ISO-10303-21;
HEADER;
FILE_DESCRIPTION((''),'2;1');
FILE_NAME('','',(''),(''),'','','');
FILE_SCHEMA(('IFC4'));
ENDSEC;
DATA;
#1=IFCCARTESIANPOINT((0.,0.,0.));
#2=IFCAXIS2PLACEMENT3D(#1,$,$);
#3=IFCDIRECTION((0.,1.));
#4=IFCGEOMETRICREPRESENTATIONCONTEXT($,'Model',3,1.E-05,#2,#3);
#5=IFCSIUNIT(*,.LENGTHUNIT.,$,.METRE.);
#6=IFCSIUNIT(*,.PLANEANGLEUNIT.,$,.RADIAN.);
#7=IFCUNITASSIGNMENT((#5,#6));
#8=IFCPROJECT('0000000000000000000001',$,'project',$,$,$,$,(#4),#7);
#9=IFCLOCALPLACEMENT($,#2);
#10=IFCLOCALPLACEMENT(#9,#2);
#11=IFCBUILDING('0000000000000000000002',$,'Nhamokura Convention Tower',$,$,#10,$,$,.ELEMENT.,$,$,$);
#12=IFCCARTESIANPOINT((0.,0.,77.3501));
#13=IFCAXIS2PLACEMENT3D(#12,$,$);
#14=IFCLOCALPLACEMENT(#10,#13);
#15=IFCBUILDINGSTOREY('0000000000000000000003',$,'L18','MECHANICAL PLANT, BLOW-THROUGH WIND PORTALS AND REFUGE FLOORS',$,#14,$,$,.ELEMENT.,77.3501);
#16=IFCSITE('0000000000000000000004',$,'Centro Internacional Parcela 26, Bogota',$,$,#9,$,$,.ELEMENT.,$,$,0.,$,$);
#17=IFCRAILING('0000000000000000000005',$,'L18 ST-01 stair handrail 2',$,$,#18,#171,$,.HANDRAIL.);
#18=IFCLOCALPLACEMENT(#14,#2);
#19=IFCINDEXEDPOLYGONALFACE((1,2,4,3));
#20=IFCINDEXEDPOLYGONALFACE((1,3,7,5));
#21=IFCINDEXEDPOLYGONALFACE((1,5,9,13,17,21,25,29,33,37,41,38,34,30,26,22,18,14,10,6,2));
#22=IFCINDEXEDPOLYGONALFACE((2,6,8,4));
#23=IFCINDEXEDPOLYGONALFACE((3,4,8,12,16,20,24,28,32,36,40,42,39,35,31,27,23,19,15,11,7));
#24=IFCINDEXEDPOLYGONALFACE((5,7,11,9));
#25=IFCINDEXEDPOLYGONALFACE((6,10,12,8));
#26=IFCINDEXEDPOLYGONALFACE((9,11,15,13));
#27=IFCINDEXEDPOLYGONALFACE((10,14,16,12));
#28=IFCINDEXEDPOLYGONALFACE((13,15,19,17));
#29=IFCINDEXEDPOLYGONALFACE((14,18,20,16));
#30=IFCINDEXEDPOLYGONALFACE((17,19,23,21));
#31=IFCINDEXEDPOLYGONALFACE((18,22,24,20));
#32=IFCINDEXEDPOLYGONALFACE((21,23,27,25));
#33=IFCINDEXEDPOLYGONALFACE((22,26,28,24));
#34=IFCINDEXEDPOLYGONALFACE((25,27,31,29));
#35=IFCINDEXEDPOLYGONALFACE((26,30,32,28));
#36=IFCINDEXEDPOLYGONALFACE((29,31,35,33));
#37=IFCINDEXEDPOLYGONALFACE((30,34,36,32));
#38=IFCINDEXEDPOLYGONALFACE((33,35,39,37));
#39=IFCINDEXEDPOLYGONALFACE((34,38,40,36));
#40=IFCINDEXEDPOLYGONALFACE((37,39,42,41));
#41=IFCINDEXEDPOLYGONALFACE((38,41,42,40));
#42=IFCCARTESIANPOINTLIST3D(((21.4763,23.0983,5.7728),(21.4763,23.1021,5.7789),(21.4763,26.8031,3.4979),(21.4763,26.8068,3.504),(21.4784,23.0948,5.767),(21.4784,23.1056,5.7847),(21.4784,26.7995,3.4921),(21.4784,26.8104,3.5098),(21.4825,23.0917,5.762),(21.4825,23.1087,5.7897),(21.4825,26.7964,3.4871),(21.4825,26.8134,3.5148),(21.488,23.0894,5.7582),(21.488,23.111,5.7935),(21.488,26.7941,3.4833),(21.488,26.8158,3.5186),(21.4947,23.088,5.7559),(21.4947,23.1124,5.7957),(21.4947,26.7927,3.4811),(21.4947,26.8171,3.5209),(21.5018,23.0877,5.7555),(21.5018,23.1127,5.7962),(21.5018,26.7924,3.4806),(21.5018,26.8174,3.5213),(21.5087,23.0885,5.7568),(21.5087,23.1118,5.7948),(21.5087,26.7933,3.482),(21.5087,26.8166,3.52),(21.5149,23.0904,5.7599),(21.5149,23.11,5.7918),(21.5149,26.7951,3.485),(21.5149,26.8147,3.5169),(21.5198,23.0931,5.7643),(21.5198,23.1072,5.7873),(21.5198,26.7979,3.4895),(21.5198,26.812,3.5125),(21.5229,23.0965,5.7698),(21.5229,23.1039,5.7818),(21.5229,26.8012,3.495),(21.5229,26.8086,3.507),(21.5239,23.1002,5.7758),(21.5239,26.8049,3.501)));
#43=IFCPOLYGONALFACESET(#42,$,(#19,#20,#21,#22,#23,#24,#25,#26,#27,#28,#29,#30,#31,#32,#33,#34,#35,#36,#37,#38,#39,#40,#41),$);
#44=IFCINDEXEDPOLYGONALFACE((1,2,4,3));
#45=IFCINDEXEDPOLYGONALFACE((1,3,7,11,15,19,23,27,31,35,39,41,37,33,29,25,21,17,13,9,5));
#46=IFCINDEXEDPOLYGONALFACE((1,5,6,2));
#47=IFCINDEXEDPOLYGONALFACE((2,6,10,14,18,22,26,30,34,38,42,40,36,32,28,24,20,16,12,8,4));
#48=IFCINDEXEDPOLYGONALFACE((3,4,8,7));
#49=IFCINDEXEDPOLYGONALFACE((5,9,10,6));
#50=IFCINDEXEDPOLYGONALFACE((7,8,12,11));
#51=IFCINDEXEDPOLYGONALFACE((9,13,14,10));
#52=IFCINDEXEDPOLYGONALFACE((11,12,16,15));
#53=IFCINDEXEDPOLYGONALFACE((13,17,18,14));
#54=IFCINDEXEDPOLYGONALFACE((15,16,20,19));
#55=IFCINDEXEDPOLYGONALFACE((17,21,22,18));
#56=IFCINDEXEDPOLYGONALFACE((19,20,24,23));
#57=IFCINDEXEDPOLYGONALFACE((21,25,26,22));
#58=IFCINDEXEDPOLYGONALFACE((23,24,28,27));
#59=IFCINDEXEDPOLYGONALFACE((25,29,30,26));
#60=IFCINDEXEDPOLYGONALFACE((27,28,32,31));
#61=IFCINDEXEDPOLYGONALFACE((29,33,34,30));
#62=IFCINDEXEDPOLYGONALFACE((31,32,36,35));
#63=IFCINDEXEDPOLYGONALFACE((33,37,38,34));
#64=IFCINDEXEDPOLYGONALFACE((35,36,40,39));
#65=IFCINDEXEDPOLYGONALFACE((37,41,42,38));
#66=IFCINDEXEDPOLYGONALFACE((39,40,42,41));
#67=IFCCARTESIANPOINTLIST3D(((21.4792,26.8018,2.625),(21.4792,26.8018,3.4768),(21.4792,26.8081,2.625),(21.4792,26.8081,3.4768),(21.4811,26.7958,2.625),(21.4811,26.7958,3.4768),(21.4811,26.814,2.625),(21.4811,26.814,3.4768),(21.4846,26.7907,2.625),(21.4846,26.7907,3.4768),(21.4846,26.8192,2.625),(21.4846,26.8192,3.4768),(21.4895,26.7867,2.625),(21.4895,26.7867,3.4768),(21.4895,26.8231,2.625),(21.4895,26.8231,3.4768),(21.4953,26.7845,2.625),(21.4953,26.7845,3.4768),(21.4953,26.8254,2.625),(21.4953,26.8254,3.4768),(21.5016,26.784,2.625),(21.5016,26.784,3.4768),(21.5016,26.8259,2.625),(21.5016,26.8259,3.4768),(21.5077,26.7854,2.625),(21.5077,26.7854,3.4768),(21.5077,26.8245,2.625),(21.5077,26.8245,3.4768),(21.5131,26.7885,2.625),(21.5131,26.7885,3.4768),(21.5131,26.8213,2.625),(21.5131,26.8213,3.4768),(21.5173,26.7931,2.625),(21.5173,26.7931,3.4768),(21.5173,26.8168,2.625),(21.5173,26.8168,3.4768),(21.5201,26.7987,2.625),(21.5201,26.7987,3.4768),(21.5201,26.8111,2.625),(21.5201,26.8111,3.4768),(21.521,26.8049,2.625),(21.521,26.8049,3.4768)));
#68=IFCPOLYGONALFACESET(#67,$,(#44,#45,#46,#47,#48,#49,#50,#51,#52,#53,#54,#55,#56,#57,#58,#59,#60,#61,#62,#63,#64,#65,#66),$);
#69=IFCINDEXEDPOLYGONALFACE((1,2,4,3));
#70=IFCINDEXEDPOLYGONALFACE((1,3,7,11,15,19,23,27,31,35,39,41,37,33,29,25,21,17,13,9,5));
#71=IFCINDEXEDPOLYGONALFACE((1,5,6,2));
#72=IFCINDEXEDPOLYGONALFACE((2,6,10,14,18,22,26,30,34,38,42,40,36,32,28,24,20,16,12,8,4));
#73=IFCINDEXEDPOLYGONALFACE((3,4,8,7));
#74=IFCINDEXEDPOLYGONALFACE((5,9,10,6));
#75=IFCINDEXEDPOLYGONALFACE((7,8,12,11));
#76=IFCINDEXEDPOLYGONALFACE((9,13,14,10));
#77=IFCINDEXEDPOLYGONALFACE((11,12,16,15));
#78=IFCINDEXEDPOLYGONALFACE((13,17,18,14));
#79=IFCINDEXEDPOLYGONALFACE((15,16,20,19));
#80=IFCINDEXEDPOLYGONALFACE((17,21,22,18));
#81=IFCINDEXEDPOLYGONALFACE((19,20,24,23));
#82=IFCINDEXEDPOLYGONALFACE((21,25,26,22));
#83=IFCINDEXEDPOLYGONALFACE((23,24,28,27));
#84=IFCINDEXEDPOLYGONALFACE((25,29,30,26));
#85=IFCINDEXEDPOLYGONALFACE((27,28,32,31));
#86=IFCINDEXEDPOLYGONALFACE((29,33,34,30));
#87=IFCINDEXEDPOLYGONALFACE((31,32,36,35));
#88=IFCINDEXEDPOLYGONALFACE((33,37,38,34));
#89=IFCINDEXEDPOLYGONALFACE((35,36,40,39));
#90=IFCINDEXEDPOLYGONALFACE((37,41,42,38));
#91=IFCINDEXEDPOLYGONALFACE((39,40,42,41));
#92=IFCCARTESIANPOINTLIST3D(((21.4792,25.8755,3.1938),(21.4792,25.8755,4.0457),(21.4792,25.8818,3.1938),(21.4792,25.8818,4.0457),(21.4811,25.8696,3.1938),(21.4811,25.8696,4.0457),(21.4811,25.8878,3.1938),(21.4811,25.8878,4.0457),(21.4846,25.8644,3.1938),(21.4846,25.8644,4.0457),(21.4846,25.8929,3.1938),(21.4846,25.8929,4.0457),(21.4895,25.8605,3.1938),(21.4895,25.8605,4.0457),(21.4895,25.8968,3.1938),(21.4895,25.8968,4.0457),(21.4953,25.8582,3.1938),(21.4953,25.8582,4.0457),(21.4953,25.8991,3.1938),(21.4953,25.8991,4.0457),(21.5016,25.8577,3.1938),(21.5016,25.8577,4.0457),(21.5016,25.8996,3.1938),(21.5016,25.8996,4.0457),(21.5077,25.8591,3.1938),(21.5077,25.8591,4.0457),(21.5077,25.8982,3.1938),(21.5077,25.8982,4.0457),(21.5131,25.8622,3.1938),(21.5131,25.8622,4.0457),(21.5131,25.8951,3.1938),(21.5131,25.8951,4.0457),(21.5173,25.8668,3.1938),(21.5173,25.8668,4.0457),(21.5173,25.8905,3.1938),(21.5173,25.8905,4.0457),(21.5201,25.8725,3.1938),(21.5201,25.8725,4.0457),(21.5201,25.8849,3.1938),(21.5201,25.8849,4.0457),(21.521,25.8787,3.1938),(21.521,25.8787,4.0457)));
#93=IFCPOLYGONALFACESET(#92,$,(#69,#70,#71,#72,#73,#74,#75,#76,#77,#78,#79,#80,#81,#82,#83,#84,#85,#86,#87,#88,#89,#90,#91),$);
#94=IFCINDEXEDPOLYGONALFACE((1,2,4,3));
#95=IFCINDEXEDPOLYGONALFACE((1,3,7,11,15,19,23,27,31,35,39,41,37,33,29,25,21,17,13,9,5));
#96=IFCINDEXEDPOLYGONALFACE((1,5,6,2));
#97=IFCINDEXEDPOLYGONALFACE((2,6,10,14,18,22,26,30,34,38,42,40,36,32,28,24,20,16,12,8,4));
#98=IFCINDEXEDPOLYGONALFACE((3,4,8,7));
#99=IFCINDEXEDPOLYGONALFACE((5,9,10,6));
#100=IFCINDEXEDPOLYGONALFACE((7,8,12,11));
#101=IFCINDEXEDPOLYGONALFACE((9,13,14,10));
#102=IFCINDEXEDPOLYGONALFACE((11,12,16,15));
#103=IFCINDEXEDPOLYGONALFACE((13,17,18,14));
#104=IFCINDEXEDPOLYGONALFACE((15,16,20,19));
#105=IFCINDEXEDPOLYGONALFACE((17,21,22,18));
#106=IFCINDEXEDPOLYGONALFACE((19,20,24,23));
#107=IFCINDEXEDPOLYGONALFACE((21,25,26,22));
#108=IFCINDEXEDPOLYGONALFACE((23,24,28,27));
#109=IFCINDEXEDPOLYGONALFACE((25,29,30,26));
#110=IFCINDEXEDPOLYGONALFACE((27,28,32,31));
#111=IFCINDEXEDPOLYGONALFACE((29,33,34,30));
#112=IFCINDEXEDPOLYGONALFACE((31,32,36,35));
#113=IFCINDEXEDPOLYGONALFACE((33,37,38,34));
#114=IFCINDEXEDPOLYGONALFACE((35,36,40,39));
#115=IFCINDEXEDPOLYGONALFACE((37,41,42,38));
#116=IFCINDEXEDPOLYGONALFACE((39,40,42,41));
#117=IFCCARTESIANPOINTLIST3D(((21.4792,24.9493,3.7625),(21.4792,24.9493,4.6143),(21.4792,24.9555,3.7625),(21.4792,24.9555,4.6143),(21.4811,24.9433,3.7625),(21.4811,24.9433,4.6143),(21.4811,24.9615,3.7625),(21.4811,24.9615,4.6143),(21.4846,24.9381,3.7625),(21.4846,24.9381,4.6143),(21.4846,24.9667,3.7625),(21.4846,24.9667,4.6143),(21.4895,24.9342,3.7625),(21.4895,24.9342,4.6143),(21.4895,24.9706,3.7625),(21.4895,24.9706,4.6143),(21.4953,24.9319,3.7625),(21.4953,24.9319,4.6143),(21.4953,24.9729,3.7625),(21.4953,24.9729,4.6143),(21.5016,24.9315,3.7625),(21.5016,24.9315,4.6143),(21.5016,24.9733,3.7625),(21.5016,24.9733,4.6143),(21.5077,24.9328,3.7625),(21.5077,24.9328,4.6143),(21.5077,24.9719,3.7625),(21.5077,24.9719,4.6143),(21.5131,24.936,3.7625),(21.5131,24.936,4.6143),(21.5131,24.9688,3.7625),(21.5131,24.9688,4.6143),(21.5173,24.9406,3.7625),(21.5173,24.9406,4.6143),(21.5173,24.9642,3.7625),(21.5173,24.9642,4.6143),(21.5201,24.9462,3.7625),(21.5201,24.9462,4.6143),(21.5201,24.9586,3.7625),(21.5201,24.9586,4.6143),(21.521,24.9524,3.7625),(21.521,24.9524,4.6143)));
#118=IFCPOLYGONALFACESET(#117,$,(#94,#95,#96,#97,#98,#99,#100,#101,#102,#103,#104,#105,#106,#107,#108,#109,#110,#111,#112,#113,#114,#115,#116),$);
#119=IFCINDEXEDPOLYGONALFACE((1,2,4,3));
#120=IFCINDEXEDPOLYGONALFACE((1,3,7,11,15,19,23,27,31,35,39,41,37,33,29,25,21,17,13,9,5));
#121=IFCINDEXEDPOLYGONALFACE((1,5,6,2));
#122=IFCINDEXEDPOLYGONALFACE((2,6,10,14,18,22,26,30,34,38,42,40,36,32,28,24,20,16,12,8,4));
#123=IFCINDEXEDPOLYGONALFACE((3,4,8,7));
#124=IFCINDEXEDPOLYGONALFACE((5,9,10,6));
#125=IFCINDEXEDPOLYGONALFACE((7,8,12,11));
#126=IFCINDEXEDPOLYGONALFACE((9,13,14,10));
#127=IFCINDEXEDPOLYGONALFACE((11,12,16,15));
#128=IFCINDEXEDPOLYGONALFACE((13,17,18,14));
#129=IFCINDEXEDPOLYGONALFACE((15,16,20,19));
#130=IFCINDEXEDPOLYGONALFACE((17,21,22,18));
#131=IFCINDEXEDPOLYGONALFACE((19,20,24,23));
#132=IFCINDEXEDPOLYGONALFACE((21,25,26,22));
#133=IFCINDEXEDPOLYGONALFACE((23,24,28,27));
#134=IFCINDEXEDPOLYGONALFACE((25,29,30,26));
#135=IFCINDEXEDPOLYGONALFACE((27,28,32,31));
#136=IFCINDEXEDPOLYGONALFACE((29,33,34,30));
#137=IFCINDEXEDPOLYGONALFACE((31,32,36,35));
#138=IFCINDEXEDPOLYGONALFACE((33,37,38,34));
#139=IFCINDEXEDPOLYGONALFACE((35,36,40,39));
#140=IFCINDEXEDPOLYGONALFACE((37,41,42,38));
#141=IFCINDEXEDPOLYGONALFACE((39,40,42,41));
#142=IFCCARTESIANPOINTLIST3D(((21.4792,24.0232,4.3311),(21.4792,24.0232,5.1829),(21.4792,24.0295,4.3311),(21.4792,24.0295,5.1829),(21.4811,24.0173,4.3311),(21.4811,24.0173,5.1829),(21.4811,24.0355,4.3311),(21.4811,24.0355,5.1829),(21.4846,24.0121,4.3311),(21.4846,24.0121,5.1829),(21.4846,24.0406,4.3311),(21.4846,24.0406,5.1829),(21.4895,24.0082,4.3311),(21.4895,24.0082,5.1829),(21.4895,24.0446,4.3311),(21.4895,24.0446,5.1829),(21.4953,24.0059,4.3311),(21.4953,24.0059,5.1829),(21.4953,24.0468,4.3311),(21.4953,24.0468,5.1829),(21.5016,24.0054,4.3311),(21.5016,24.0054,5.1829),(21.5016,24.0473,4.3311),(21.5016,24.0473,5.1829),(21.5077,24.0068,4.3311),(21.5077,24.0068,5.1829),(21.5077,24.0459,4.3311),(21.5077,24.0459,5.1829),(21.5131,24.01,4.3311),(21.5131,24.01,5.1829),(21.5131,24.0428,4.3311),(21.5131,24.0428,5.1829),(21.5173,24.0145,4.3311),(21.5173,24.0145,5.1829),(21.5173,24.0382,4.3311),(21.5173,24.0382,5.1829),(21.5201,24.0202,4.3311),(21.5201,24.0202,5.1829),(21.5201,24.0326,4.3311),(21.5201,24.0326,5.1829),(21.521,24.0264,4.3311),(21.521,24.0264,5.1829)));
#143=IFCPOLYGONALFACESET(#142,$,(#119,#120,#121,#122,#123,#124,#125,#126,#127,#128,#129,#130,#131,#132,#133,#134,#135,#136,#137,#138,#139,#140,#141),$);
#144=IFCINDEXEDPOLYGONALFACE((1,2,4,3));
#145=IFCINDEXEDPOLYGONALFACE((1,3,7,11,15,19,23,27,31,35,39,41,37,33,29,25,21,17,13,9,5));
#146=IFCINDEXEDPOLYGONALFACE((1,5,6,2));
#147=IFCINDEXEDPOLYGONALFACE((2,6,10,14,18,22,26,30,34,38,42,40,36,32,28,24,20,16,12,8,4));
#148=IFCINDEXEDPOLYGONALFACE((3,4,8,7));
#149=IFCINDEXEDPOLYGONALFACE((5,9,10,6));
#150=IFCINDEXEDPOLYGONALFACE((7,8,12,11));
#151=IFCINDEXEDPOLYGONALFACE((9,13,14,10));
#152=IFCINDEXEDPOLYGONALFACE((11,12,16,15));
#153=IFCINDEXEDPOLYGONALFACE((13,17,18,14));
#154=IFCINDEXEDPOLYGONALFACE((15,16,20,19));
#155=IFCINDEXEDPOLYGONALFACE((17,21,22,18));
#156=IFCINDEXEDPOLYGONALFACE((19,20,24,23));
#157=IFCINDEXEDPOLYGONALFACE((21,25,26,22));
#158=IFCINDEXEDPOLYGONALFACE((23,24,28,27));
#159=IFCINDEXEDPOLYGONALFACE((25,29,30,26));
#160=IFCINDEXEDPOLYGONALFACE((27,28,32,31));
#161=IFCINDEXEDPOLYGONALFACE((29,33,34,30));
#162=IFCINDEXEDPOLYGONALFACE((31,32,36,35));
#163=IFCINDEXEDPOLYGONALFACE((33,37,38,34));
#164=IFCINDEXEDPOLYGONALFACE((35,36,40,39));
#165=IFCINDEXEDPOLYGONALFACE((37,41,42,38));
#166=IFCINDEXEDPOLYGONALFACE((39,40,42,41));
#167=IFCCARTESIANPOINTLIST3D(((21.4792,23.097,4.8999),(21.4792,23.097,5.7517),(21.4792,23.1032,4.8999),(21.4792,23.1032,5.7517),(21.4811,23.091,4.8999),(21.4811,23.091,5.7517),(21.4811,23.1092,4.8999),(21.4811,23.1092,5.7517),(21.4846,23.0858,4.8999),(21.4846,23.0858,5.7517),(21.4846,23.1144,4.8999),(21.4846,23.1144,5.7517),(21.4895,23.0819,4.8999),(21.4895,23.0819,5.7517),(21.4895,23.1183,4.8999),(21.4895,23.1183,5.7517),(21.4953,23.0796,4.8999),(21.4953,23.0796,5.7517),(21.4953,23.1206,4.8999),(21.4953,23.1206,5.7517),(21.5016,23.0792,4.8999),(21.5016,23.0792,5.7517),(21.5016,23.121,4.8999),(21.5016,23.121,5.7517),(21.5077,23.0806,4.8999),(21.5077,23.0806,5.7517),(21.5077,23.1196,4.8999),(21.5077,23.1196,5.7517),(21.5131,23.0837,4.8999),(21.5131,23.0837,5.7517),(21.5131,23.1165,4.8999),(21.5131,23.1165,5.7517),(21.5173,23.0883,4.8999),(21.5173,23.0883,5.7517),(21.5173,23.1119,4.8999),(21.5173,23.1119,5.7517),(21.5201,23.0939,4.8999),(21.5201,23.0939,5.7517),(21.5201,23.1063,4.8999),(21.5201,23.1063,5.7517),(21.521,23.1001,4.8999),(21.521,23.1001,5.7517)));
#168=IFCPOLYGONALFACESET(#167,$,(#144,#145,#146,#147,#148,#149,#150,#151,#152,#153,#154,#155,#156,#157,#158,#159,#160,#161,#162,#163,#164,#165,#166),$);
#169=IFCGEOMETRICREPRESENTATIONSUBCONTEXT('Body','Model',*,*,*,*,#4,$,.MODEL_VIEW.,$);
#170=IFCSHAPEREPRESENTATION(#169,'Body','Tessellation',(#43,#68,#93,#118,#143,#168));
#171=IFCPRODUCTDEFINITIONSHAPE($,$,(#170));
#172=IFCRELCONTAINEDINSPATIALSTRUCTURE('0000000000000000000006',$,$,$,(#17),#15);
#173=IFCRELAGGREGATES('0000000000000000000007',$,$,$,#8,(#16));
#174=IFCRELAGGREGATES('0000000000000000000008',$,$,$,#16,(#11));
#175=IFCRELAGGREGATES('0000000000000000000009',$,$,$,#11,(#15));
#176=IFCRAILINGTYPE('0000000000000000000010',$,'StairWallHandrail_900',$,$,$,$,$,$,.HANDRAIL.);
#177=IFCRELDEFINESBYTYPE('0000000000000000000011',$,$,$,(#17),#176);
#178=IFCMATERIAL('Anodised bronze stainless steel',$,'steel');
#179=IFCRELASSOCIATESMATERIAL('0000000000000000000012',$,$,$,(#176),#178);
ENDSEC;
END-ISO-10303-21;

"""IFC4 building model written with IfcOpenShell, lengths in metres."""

from ifc_helpers import new_model, si_unit, direction, frame, origin, origin_2d, place, context, subcontext, project, spatial, circle, extrude, material, type_object, element, save


model = new_model("IFC4")

# Units and contexts
model_context = context("Model", 3, precision=1e-05, world=origin(), true_north=direction((0.0, 1.0)))
body_context = subcontext(model_context, "Body", "Model", "MODEL_VIEW")
ifc_project = project(units=[si_unit("LENGTHUNIT", "METRE"), si_unit("PLANEANGLEUNIT", "RADIAN")], contexts=[model_context])

# Site, building, storey
site_placement = place(None, origin())
site = spatial("IfcSite", under=ifc_project, at=site_placement, Name="Centro Internacional Parcela 26, Bogota", CompositionType="ELEMENT", RefElevation=0.0)
building_placement = place(site_placement, origin())
building = spatial("IfcBuilding", under=site, at=building_placement, Name="Nhamokura Convention Tower", CompositionType="ELEMENT")
storey_placement = place(building_placement, frame((0.0, 0.0, 77.3501)))
storey = spatial("IfcBuildingStorey", under=building, at=storey_placement, Name="L18", Description="MECHANICAL PLANT, BLOW-THROUGH WIND PORTALS AND REFUGE FLOORS", CompositionType="ELEMENT", Elevation=77.3501)

# Railing
ifc_material_1 = material(Name="Anodised bronze stainless steel", Category="steel")
railing_type_1 = type_object("IfcRailingType", Name="StairWallHandrail_900", PredefinedType="HANDRAIL", material=ifc_material_1)
railing_1_placement = place(storey_placement, frame((21.5, 26.8049, 2.625)))
element("IfcRailing", 1, at=railing_1_placement, inside=storey, type_object=railing_type_1, Name="L18 ST-01 stair handrail 2", PredefinedType="HANDRAIL", context=body_context, shape_type="SweptSolid", body=[
    extrude(circle(Radius=0.0239, at=origin_2d()), frame((0.0, 0.0, 0.876), z_axis=(0.0, -0.852171, 0.523264), x_axis=(1.0, 0.0, 0.0)), (0.0, 0.0, 1.0), 4.3474),
    extrude(circle(Radius=0.021, at=origin_2d()), origin(), (0.0, 0.0, 1.0), 0.8518),
    extrude(circle(Radius=0.021, at=origin_2d()), frame((0.0, -0.9263, 0.5688)), (0.0, 0.0, 1.0), 0.8518),
    extrude(circle(Radius=0.021, at=origin_2d()), frame((0.0, -1.8525, 1.1375)), (0.0, 0.0, 1.0), 0.8518),
    extrude(circle(Radius=0.021, at=origin_2d()), frame((0.0, -2.7786, 1.7061)), (0.0, 0.0, 1.0), 0.8518),
    extrude(circle(Radius=0.021, at=origin_2d()), frame((0.0, -3.7048, 2.2749)), (0.0, 0.0, 1.0), 0.8518),
])

save(model, "model.ifc")
